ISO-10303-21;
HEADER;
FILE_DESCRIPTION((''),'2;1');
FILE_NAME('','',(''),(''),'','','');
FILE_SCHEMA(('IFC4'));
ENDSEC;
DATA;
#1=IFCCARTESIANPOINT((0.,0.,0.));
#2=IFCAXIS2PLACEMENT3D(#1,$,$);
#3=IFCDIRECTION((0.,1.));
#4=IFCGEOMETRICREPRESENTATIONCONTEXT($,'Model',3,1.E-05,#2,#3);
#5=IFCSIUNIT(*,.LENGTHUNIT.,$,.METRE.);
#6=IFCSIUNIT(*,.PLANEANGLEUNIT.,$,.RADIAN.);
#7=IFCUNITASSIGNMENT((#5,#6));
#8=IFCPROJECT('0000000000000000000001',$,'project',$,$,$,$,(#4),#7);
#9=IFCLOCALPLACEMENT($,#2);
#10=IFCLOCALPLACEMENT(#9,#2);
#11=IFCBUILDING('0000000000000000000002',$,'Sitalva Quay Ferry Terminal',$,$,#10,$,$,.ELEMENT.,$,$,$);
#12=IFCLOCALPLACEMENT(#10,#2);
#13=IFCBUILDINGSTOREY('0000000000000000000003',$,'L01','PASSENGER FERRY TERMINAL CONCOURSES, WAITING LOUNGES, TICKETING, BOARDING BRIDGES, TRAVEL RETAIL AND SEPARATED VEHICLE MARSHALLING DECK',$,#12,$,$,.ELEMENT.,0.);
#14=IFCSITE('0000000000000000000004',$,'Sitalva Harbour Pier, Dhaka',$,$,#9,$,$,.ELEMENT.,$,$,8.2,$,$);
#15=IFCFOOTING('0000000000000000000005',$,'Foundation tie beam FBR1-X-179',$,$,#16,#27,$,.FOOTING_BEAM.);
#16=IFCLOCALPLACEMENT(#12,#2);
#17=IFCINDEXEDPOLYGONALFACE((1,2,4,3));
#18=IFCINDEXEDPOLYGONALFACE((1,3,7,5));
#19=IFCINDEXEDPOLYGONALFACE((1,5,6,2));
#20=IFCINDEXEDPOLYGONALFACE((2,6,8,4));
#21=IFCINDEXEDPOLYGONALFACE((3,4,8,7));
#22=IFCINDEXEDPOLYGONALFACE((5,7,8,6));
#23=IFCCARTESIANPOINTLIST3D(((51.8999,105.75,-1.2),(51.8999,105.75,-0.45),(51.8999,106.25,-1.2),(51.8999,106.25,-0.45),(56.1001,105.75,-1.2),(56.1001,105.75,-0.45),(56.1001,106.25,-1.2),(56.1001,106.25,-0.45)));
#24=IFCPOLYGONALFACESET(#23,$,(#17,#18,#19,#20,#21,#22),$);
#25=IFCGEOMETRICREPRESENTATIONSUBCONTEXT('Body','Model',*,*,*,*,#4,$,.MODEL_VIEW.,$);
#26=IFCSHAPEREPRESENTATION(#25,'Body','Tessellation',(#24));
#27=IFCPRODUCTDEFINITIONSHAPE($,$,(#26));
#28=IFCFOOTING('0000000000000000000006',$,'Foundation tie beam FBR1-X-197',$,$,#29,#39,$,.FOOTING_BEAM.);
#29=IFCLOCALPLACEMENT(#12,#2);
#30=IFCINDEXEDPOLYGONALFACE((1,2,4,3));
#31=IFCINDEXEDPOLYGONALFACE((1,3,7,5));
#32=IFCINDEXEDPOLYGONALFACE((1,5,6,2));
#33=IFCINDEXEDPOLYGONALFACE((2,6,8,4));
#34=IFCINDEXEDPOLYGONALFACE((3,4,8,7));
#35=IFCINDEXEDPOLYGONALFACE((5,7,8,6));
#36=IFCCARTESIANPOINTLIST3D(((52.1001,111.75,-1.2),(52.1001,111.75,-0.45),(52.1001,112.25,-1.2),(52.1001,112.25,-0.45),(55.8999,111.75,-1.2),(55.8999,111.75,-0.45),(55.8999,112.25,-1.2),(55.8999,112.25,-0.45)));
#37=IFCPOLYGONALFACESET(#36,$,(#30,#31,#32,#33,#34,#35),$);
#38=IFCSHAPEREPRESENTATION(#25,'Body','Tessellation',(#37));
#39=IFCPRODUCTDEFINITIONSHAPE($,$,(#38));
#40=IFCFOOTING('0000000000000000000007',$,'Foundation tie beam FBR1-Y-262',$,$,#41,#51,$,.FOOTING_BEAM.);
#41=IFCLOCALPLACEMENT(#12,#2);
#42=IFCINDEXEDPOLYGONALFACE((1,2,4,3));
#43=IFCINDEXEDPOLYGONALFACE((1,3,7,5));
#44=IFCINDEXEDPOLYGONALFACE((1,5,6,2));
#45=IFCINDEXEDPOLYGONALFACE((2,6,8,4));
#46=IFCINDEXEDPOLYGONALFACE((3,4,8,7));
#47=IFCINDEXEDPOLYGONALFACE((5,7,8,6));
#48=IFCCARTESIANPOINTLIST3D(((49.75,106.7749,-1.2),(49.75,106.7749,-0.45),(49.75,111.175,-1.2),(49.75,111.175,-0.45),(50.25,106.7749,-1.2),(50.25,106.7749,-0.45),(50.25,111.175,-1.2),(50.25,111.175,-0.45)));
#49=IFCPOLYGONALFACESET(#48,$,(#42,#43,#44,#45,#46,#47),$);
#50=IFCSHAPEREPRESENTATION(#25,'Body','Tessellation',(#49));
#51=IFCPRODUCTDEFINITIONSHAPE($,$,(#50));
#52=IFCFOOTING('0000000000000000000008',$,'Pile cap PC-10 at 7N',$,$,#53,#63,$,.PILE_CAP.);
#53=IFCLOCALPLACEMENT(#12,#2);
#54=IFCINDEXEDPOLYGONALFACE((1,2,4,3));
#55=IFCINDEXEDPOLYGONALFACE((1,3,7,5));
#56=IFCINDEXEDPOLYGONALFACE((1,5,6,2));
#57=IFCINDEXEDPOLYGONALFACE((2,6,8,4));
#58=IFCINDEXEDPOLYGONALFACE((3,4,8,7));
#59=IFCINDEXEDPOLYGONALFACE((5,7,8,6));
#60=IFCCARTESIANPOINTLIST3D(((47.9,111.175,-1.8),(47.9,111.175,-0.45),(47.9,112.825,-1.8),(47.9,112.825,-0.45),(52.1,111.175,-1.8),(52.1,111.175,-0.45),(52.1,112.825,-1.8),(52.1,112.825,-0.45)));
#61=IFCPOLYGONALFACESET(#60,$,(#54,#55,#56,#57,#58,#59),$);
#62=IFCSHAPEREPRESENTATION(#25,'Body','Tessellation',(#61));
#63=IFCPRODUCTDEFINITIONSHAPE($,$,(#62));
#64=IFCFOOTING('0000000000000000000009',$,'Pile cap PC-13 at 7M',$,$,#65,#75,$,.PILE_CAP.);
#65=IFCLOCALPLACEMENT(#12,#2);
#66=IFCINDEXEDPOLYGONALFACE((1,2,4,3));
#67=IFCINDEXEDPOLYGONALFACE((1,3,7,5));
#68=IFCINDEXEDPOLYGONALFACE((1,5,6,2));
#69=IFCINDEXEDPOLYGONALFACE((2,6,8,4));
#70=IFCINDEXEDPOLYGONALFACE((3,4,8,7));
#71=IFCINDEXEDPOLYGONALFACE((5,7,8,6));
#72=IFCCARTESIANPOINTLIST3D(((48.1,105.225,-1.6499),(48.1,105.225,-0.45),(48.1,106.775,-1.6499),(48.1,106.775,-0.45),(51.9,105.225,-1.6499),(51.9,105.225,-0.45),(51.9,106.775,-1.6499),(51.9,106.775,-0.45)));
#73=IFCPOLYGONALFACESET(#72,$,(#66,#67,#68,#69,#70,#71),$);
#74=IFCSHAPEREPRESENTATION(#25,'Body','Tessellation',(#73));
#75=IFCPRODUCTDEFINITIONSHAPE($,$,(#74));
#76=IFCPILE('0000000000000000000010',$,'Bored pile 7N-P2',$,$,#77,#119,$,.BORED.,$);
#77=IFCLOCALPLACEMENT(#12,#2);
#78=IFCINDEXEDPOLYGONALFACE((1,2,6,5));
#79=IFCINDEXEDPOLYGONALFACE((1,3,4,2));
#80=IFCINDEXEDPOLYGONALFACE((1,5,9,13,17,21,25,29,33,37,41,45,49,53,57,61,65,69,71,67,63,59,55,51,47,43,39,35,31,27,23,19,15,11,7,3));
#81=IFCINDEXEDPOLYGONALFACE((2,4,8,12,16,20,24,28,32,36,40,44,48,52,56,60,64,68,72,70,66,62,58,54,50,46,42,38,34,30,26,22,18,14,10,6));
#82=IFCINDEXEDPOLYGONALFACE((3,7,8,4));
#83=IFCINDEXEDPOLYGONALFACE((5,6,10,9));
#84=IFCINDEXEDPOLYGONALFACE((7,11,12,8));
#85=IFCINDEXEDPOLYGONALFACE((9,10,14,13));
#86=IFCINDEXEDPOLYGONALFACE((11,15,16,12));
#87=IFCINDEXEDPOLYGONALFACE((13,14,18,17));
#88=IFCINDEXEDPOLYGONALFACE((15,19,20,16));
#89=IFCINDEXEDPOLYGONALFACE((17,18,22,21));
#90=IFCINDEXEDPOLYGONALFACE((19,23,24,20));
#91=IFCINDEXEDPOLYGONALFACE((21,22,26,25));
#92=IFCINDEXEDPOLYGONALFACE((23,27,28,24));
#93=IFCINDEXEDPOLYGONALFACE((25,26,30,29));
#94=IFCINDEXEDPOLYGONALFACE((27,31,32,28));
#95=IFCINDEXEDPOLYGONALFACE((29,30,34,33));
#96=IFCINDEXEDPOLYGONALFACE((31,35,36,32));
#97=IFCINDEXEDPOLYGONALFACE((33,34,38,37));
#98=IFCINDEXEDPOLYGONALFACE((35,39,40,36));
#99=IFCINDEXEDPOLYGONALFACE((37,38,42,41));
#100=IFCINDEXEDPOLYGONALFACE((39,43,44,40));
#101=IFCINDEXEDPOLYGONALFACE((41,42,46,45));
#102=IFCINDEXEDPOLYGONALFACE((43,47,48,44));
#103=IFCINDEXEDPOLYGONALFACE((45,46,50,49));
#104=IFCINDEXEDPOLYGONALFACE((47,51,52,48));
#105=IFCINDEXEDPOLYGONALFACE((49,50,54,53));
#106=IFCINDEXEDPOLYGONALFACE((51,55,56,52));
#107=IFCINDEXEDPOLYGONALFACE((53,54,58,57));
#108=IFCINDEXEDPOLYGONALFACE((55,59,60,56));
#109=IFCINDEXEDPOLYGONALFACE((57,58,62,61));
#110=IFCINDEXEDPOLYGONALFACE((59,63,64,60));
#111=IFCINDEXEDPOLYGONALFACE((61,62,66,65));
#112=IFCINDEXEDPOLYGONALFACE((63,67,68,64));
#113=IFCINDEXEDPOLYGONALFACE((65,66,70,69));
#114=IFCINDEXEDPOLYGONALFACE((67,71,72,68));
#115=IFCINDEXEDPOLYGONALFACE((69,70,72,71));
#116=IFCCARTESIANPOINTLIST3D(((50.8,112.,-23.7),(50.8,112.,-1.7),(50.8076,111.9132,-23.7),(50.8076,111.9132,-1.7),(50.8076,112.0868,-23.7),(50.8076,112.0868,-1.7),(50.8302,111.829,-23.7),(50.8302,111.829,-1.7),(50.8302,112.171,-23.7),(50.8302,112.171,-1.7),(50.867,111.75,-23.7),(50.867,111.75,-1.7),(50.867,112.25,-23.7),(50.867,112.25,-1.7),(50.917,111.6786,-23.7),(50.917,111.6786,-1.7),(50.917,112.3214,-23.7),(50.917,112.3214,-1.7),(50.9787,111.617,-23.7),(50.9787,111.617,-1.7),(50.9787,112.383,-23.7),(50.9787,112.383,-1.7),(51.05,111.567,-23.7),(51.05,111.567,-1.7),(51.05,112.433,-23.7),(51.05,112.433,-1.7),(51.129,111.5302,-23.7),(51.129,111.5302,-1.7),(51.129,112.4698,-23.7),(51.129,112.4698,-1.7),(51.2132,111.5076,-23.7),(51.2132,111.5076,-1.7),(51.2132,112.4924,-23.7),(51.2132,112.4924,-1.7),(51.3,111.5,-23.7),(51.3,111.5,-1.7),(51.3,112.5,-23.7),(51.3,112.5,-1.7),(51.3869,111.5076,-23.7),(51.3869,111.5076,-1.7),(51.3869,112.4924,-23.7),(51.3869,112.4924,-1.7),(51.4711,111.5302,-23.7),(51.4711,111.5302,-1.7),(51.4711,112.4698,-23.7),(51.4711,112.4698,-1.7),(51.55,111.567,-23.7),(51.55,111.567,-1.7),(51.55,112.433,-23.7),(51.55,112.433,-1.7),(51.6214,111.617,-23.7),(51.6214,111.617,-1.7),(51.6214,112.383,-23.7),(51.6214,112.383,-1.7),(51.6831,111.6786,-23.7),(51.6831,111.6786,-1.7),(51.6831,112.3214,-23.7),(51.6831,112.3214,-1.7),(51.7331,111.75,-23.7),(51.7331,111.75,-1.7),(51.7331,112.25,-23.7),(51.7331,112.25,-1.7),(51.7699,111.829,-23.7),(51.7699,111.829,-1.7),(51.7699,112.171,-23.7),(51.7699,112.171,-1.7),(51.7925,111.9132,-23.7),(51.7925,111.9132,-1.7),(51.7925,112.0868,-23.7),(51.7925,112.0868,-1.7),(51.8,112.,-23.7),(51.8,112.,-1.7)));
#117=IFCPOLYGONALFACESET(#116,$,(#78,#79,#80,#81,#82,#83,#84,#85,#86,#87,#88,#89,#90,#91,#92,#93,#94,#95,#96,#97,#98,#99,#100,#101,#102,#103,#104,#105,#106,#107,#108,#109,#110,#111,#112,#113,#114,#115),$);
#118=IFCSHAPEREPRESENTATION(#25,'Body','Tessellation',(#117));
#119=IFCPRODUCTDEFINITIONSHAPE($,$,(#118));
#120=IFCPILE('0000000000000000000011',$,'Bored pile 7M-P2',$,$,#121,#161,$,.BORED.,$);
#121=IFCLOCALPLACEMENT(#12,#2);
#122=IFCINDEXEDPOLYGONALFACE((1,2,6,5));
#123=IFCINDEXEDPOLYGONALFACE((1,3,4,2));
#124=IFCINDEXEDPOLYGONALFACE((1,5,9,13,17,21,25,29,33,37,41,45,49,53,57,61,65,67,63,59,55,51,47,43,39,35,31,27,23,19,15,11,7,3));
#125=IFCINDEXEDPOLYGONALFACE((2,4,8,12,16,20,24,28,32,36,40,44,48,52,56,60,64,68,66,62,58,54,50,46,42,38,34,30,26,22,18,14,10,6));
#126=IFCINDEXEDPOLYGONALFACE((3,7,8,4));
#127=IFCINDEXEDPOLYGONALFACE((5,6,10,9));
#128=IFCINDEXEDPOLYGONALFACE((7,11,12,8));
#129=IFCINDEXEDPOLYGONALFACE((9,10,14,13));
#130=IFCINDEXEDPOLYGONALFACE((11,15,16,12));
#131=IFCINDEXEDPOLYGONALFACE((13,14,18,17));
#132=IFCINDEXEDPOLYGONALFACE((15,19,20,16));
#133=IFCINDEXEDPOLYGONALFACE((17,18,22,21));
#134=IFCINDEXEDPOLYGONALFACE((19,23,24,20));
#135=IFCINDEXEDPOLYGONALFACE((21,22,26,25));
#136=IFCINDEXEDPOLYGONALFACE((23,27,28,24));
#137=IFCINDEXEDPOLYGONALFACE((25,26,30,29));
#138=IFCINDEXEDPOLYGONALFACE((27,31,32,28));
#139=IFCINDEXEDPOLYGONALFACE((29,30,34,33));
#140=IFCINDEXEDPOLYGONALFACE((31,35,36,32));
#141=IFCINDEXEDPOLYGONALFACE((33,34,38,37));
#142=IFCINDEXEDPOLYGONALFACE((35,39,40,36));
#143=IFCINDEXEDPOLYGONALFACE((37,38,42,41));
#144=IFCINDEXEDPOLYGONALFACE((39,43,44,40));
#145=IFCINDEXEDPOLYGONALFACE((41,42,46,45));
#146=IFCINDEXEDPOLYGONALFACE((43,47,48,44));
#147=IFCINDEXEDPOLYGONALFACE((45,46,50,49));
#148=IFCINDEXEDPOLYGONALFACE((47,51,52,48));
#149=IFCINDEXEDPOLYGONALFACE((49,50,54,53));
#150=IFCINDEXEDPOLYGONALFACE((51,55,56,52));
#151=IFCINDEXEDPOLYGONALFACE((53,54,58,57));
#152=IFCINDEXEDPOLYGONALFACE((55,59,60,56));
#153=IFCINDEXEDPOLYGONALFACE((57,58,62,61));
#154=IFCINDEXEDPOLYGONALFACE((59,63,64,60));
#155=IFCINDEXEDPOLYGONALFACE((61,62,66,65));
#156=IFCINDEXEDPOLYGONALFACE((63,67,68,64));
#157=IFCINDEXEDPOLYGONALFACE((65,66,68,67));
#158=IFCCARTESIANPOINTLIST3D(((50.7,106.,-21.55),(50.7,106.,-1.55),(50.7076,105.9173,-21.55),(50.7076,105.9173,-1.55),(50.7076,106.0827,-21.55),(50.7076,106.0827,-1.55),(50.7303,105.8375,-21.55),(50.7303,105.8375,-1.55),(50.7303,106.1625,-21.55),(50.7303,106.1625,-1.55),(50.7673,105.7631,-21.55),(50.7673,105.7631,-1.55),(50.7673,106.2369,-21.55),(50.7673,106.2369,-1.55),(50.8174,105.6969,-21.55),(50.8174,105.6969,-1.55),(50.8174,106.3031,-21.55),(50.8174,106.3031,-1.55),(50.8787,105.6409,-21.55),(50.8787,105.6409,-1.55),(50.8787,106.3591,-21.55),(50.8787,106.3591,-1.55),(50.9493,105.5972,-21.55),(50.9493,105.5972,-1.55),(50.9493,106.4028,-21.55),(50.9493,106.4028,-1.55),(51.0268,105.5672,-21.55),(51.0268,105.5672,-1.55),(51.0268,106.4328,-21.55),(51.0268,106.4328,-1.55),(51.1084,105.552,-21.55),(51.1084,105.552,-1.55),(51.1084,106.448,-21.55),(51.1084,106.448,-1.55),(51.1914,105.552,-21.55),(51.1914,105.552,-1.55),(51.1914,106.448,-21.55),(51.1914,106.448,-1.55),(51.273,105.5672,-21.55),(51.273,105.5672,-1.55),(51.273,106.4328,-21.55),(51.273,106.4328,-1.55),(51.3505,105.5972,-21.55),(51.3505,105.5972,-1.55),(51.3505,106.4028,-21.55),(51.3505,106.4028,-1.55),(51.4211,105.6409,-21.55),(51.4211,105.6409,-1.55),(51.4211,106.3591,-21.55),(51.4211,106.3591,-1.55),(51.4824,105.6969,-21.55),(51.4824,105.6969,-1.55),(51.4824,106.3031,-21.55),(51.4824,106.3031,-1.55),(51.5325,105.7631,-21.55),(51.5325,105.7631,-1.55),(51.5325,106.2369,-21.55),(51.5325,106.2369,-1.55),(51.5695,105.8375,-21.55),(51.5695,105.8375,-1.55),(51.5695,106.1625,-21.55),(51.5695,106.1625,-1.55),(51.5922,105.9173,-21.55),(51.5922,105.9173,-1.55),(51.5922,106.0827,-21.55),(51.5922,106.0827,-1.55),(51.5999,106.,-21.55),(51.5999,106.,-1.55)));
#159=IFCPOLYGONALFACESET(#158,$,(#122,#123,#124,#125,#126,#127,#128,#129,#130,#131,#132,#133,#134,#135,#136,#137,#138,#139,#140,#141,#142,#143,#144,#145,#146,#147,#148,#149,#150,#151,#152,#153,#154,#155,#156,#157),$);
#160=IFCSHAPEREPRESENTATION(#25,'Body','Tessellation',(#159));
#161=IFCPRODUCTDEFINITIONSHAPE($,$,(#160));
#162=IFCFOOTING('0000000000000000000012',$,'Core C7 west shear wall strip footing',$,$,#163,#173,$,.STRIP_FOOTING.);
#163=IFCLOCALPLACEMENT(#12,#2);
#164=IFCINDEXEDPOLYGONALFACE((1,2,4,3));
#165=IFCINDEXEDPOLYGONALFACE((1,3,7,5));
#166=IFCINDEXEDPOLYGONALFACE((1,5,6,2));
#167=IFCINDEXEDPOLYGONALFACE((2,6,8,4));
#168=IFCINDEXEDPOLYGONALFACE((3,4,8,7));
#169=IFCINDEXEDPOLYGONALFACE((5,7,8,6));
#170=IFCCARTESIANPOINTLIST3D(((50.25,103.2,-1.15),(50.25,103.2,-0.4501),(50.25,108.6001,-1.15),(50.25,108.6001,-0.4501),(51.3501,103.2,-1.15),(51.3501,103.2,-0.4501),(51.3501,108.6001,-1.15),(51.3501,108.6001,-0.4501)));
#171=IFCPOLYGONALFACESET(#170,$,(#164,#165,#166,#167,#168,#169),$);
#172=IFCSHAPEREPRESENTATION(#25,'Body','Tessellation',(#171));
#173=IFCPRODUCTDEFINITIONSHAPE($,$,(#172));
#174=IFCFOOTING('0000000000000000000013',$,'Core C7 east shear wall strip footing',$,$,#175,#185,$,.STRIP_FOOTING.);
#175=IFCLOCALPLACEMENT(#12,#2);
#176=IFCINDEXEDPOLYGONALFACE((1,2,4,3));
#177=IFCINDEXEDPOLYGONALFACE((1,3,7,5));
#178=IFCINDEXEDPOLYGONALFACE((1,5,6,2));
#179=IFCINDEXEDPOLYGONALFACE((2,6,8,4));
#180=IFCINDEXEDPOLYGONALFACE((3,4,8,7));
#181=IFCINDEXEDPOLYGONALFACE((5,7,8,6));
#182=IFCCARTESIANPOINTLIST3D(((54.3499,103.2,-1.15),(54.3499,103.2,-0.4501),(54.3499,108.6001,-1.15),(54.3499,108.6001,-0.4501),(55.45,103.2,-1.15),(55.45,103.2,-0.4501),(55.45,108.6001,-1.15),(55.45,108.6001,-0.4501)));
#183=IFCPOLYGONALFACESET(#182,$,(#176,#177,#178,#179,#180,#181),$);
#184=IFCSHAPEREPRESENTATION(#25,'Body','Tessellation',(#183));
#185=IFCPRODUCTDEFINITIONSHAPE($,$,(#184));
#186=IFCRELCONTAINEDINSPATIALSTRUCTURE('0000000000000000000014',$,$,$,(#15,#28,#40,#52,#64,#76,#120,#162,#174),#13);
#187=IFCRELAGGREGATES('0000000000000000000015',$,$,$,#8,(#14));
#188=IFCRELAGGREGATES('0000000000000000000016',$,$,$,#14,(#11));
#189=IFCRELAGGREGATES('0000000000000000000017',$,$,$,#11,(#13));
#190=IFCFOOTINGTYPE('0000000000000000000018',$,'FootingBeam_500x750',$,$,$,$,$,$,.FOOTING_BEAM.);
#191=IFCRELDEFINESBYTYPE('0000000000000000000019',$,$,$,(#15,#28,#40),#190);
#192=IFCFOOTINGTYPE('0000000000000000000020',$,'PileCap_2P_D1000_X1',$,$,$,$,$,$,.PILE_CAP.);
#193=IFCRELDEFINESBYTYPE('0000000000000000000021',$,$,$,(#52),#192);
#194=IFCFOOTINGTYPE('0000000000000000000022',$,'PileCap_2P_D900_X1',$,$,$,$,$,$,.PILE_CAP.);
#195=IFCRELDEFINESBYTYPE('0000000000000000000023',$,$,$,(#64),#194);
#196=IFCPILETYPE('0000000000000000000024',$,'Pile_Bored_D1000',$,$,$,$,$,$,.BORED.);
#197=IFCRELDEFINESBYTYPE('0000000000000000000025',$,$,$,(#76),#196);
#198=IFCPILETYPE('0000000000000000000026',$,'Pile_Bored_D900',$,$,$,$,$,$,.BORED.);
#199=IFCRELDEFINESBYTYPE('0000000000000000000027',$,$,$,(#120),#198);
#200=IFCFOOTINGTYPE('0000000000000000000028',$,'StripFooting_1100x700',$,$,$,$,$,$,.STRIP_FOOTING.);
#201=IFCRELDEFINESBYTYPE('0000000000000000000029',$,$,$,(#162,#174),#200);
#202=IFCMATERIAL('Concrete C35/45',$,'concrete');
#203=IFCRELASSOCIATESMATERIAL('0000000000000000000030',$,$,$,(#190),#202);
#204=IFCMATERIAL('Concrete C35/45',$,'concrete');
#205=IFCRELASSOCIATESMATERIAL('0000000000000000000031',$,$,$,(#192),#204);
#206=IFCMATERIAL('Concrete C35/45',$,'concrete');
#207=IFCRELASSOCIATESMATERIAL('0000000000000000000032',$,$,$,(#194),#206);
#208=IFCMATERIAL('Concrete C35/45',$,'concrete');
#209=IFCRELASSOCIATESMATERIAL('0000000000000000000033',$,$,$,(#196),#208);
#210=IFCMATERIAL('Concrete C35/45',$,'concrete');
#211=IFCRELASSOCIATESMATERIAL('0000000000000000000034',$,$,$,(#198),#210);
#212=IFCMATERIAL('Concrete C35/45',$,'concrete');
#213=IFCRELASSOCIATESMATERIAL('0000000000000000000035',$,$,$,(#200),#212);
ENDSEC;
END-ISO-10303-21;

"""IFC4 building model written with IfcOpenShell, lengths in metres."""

from ifc_helpers import new_model, si_unit, direction, frame, origin, origin_2d, place, context, subcontext, project, spatial, rectangle, circle, extrude, material, material_profile, profile_set, type_object, element, save


model = new_model("IFC4")

# Units and contexts
model_context = context("Model", 3, precision=1e-05, world=origin(), true_north=direction((0.0, 1.0)))
body_context = subcontext(model_context, "Body", "Model", "MODEL_VIEW")
ifc_project = project(units=[si_unit("LENGTHUNIT", "METRE"), si_unit("PLANEANGLEUNIT", "RADIAN")], contexts=[model_context])

# Site, building, storey
site_placement = place(None, origin())
site = spatial("IfcSite", under=ifc_project, at=site_placement, Name="Sitalva Harbour Pier, Dhaka", CompositionType="ELEMENT", RefElevation=8.2)
building_placement = place(site_placement, origin())
building = spatial("IfcBuilding", under=site, at=building_placement, Name="Sitalva Quay Ferry Terminal", CompositionType="ELEMENT")
storey_placement = place(building_placement, origin())
storey = spatial("IfcBuildingStorey", under=building, at=storey_placement, Name="L01", Description="PASSENGER FERRY TERMINAL CONCOURSES, WAITING LOUNGES, TICKETING, BOARDING BRIDGES, TRAVEL RETAIL AND SEPARATED VEHICLE MARSHALLING DECK", CompositionType="ELEMENT", Elevation=0.0)

# Footings
ifc_material_1 = material(Name="Concrete C35/45", Category="concrete")
ifc_material_profile_1 = material_profile(ifc_material_1, rectangle(XDim=0.5, YDim=0.75, at=origin_2d()), Name="RC500x750")
ifc_profile_set_1 = profile_set([ifc_material_profile_1], Name="Concrete C35/45")
footing_type_1 = type_object("IfcFootingType", Name="FootingBeam_500x750", PredefinedType="FOOTING_BEAM", material=ifc_profile_set_1)
footing_1_placement = place(storey_placement, frame((51.8999, 106.0, -0.825), z_axis=(1.0, 0.0, 0.0), x_axis=(0.0, 1.0, 0.0)))
element("IfcFooting", 1, at=footing_1_placement, inside=storey, type_object=footing_type_1, Name="Foundation tie beam FBR1-X-179", PredefinedType="FOOTING_BEAM", context=body_context, shape_type="SweptSolid", body=[
    extrude(rectangle(XDim=0.5, YDim=0.75, at=origin_2d()), origin(), (0.0, 0.0, 1.0), 4.2002),
])
footing_2_placement = place(storey_placement, frame((52.1001, 112.0, -0.825), z_axis=(1.0, 0.0, 0.0), x_axis=(0.0, 1.0, 0.0)))
element("IfcFooting", 2, at=footing_2_placement, inside=storey, type_object=footing_type_1, Name="Foundation tie beam FBR1-X-197", PredefinedType="FOOTING_BEAM", context=body_context, shape_type="SweptSolid", body=[
    extrude(rectangle(XDim=0.5, YDim=0.75, at=origin_2d()), origin(), (0.0, 0.0, 1.0), 3.7998),
])
footing_3_placement = place(storey_placement, frame((50.0, 106.7749, -0.825), z_axis=(0.0, 1.0, 0.0), x_axis=(-1.0, 0.0, 0.0)))
element("IfcFooting", 3, at=footing_3_placement, inside=storey, type_object=footing_type_1, Name="Foundation tie beam FBR1-Y-262", PredefinedType="FOOTING_BEAM", context=body_context, shape_type="SweptSolid", body=[
    extrude(rectangle(XDim=0.5, YDim=0.75, at=origin_2d()), origin(), (0.0, 0.0, 1.0), 4.4001),
])
ifc_material_2 = material(Name="Concrete C35/45", Category="concrete")
footing_type_2 = type_object("IfcFootingType", Name="PileCap_2P_D1000_X1", PredefinedType="PILE_CAP", material=ifc_material_2)
footing_4_placement = place(storey_placement, frame((50.0, 112.0, -1.8), z_axis=(0.0, 0.0, 1.0), x_axis=(1.0, 0.0, 0.0)))
element("IfcFooting", 4, at=footing_4_placement, inside=storey, type_object=footing_type_2, Name="Pile cap PC-10 at 7N", PredefinedType="PILE_CAP", context=body_context, shape_type="SweptSolid", body=[
    extrude(rectangle(XDim=4.2, YDim=1.6499, at=origin_2d()), origin(), (0.0, 0.0, 1.0), 1.3501),
])
ifc_material_3 = material(Name="Concrete C35/45", Category="concrete")
footing_type_3 = type_object("IfcFootingType", Name="PileCap_2P_D900_X1", PredefinedType="PILE_CAP", material=ifc_material_3)
footing_5_placement = place(storey_placement, frame((50.0, 106.0, -1.6499), z_axis=(0.0, 0.0, 1.0), x_axis=(1.0, 0.0, 0.0)))
element("IfcFooting", 5, at=footing_5_placement, inside=storey, type_object=footing_type_3, Name="Pile cap PC-13 at 7M", PredefinedType="PILE_CAP", context=body_context, shape_type="SweptSolid", body=[
    extrude(rectangle(XDim=3.8, YDim=1.55, at=origin_2d()), origin(), (0.0, 0.0, 1.0), 1.2),
])

# Piles
ifc_material_4 = material(Name="Concrete C35/45", Category="concrete")
ifc_material_profile_2 = material_profile(ifc_material_4, circle(Radius=0.5, at=origin_2d()), Name="PILE-D1000")
ifc_profile_set_2 = profile_set([ifc_material_profile_2], Name="Concrete C35/45")
pile_type_1 = type_object("IfcPileType", Name="Pile_Bored_D1000", PredefinedType="BORED", material=ifc_profile_set_2)
pile_1_placement = place(storey_placement, frame((51.3, 112.0, -1.7), z_axis=(0.0, 0.0, -1.0), x_axis=(1.0, 0.0, 0.0)))
element("IfcPile", 6, at=pile_1_placement, inside=storey, type_object=pile_type_1, Name="Bored pile 7N-P2", PredefinedType="BORED", context=body_context, shape_type="SweptSolid", body=[
    extrude(circle(Radius=0.5, at=origin_2d()), origin(), (0.0, 0.0, 1.0), 22.0),
])
ifc_material_5 = material(Name="Concrete C35/45", Category="concrete")
ifc_material_profile_3 = material_profile(ifc_material_5, circle(Radius=0.45, at=origin_2d()), Name="PILE-D900")
ifc_profile_set_3 = profile_set([ifc_material_profile_3], Name="Concrete C35/45")
pile_type_2 = type_object("IfcPileType", Name="Pile_Bored_D900", PredefinedType="BORED", material=ifc_profile_set_3)
pile_2_placement = place(storey_placement, frame((51.1499, 106.0, -1.55), z_axis=(0.0, 0.0, -1.0), x_axis=(1.0, 0.0, 0.0)))
element("IfcPile", 7, at=pile_2_placement, inside=storey, type_object=pile_type_2, Name="Bored pile 7M-P2", PredefinedType="BORED", context=body_context, shape_type="SweptSolid", body=[
    extrude(circle(Radius=0.45, at=origin_2d()), origin(), (0.0, 0.0, 1.0), 20.0),
])

# Footings
ifc_material_6 = material(Name="Concrete C35/45", Category="concrete")
ifc_material_profile_4 = material_profile(ifc_material_6, rectangle(XDim=1.1001, YDim=0.7, at=origin_2d()), Name="RC1100x700")
ifc_profile_set_4 = profile_set([ifc_material_profile_4], Name="Concrete C35/45")
footing_type_4 = type_object("IfcFootingType", Name="StripFooting_1100x700", PredefinedType="STRIP_FOOTING", material=ifc_profile_set_4)
for number, where, z_axis, x_axis, name in (
    (8, (50.8, 103.2, -0.8), (0.0, 1.0, 0.0), (-1.0, 0.0, 0.0), "Core C7 west shear wall strip footing"),
    (9, (54.8999, 103.2, -0.8), (0.0, 1.0, 0.0), (-1.0, 0.0, 0.0), "Core C7 east shear wall strip footing"),
):
    element("IfcFooting", number, at=place(storey_placement, frame(where, z_axis=z_axis, x_axis=x_axis)), inside=storey, type_object=footing_type_4, Name=name, PredefinedType="STRIP_FOOTING", context=body_context, shape_type="SweptSolid", body=[
        extrude(rectangle(XDim=1.1001, YDim=0.7, at=origin_2d()), origin(), (0.0, 0.0, 1.0), 5.4001),
    ])

save(model, "model.ifc")
